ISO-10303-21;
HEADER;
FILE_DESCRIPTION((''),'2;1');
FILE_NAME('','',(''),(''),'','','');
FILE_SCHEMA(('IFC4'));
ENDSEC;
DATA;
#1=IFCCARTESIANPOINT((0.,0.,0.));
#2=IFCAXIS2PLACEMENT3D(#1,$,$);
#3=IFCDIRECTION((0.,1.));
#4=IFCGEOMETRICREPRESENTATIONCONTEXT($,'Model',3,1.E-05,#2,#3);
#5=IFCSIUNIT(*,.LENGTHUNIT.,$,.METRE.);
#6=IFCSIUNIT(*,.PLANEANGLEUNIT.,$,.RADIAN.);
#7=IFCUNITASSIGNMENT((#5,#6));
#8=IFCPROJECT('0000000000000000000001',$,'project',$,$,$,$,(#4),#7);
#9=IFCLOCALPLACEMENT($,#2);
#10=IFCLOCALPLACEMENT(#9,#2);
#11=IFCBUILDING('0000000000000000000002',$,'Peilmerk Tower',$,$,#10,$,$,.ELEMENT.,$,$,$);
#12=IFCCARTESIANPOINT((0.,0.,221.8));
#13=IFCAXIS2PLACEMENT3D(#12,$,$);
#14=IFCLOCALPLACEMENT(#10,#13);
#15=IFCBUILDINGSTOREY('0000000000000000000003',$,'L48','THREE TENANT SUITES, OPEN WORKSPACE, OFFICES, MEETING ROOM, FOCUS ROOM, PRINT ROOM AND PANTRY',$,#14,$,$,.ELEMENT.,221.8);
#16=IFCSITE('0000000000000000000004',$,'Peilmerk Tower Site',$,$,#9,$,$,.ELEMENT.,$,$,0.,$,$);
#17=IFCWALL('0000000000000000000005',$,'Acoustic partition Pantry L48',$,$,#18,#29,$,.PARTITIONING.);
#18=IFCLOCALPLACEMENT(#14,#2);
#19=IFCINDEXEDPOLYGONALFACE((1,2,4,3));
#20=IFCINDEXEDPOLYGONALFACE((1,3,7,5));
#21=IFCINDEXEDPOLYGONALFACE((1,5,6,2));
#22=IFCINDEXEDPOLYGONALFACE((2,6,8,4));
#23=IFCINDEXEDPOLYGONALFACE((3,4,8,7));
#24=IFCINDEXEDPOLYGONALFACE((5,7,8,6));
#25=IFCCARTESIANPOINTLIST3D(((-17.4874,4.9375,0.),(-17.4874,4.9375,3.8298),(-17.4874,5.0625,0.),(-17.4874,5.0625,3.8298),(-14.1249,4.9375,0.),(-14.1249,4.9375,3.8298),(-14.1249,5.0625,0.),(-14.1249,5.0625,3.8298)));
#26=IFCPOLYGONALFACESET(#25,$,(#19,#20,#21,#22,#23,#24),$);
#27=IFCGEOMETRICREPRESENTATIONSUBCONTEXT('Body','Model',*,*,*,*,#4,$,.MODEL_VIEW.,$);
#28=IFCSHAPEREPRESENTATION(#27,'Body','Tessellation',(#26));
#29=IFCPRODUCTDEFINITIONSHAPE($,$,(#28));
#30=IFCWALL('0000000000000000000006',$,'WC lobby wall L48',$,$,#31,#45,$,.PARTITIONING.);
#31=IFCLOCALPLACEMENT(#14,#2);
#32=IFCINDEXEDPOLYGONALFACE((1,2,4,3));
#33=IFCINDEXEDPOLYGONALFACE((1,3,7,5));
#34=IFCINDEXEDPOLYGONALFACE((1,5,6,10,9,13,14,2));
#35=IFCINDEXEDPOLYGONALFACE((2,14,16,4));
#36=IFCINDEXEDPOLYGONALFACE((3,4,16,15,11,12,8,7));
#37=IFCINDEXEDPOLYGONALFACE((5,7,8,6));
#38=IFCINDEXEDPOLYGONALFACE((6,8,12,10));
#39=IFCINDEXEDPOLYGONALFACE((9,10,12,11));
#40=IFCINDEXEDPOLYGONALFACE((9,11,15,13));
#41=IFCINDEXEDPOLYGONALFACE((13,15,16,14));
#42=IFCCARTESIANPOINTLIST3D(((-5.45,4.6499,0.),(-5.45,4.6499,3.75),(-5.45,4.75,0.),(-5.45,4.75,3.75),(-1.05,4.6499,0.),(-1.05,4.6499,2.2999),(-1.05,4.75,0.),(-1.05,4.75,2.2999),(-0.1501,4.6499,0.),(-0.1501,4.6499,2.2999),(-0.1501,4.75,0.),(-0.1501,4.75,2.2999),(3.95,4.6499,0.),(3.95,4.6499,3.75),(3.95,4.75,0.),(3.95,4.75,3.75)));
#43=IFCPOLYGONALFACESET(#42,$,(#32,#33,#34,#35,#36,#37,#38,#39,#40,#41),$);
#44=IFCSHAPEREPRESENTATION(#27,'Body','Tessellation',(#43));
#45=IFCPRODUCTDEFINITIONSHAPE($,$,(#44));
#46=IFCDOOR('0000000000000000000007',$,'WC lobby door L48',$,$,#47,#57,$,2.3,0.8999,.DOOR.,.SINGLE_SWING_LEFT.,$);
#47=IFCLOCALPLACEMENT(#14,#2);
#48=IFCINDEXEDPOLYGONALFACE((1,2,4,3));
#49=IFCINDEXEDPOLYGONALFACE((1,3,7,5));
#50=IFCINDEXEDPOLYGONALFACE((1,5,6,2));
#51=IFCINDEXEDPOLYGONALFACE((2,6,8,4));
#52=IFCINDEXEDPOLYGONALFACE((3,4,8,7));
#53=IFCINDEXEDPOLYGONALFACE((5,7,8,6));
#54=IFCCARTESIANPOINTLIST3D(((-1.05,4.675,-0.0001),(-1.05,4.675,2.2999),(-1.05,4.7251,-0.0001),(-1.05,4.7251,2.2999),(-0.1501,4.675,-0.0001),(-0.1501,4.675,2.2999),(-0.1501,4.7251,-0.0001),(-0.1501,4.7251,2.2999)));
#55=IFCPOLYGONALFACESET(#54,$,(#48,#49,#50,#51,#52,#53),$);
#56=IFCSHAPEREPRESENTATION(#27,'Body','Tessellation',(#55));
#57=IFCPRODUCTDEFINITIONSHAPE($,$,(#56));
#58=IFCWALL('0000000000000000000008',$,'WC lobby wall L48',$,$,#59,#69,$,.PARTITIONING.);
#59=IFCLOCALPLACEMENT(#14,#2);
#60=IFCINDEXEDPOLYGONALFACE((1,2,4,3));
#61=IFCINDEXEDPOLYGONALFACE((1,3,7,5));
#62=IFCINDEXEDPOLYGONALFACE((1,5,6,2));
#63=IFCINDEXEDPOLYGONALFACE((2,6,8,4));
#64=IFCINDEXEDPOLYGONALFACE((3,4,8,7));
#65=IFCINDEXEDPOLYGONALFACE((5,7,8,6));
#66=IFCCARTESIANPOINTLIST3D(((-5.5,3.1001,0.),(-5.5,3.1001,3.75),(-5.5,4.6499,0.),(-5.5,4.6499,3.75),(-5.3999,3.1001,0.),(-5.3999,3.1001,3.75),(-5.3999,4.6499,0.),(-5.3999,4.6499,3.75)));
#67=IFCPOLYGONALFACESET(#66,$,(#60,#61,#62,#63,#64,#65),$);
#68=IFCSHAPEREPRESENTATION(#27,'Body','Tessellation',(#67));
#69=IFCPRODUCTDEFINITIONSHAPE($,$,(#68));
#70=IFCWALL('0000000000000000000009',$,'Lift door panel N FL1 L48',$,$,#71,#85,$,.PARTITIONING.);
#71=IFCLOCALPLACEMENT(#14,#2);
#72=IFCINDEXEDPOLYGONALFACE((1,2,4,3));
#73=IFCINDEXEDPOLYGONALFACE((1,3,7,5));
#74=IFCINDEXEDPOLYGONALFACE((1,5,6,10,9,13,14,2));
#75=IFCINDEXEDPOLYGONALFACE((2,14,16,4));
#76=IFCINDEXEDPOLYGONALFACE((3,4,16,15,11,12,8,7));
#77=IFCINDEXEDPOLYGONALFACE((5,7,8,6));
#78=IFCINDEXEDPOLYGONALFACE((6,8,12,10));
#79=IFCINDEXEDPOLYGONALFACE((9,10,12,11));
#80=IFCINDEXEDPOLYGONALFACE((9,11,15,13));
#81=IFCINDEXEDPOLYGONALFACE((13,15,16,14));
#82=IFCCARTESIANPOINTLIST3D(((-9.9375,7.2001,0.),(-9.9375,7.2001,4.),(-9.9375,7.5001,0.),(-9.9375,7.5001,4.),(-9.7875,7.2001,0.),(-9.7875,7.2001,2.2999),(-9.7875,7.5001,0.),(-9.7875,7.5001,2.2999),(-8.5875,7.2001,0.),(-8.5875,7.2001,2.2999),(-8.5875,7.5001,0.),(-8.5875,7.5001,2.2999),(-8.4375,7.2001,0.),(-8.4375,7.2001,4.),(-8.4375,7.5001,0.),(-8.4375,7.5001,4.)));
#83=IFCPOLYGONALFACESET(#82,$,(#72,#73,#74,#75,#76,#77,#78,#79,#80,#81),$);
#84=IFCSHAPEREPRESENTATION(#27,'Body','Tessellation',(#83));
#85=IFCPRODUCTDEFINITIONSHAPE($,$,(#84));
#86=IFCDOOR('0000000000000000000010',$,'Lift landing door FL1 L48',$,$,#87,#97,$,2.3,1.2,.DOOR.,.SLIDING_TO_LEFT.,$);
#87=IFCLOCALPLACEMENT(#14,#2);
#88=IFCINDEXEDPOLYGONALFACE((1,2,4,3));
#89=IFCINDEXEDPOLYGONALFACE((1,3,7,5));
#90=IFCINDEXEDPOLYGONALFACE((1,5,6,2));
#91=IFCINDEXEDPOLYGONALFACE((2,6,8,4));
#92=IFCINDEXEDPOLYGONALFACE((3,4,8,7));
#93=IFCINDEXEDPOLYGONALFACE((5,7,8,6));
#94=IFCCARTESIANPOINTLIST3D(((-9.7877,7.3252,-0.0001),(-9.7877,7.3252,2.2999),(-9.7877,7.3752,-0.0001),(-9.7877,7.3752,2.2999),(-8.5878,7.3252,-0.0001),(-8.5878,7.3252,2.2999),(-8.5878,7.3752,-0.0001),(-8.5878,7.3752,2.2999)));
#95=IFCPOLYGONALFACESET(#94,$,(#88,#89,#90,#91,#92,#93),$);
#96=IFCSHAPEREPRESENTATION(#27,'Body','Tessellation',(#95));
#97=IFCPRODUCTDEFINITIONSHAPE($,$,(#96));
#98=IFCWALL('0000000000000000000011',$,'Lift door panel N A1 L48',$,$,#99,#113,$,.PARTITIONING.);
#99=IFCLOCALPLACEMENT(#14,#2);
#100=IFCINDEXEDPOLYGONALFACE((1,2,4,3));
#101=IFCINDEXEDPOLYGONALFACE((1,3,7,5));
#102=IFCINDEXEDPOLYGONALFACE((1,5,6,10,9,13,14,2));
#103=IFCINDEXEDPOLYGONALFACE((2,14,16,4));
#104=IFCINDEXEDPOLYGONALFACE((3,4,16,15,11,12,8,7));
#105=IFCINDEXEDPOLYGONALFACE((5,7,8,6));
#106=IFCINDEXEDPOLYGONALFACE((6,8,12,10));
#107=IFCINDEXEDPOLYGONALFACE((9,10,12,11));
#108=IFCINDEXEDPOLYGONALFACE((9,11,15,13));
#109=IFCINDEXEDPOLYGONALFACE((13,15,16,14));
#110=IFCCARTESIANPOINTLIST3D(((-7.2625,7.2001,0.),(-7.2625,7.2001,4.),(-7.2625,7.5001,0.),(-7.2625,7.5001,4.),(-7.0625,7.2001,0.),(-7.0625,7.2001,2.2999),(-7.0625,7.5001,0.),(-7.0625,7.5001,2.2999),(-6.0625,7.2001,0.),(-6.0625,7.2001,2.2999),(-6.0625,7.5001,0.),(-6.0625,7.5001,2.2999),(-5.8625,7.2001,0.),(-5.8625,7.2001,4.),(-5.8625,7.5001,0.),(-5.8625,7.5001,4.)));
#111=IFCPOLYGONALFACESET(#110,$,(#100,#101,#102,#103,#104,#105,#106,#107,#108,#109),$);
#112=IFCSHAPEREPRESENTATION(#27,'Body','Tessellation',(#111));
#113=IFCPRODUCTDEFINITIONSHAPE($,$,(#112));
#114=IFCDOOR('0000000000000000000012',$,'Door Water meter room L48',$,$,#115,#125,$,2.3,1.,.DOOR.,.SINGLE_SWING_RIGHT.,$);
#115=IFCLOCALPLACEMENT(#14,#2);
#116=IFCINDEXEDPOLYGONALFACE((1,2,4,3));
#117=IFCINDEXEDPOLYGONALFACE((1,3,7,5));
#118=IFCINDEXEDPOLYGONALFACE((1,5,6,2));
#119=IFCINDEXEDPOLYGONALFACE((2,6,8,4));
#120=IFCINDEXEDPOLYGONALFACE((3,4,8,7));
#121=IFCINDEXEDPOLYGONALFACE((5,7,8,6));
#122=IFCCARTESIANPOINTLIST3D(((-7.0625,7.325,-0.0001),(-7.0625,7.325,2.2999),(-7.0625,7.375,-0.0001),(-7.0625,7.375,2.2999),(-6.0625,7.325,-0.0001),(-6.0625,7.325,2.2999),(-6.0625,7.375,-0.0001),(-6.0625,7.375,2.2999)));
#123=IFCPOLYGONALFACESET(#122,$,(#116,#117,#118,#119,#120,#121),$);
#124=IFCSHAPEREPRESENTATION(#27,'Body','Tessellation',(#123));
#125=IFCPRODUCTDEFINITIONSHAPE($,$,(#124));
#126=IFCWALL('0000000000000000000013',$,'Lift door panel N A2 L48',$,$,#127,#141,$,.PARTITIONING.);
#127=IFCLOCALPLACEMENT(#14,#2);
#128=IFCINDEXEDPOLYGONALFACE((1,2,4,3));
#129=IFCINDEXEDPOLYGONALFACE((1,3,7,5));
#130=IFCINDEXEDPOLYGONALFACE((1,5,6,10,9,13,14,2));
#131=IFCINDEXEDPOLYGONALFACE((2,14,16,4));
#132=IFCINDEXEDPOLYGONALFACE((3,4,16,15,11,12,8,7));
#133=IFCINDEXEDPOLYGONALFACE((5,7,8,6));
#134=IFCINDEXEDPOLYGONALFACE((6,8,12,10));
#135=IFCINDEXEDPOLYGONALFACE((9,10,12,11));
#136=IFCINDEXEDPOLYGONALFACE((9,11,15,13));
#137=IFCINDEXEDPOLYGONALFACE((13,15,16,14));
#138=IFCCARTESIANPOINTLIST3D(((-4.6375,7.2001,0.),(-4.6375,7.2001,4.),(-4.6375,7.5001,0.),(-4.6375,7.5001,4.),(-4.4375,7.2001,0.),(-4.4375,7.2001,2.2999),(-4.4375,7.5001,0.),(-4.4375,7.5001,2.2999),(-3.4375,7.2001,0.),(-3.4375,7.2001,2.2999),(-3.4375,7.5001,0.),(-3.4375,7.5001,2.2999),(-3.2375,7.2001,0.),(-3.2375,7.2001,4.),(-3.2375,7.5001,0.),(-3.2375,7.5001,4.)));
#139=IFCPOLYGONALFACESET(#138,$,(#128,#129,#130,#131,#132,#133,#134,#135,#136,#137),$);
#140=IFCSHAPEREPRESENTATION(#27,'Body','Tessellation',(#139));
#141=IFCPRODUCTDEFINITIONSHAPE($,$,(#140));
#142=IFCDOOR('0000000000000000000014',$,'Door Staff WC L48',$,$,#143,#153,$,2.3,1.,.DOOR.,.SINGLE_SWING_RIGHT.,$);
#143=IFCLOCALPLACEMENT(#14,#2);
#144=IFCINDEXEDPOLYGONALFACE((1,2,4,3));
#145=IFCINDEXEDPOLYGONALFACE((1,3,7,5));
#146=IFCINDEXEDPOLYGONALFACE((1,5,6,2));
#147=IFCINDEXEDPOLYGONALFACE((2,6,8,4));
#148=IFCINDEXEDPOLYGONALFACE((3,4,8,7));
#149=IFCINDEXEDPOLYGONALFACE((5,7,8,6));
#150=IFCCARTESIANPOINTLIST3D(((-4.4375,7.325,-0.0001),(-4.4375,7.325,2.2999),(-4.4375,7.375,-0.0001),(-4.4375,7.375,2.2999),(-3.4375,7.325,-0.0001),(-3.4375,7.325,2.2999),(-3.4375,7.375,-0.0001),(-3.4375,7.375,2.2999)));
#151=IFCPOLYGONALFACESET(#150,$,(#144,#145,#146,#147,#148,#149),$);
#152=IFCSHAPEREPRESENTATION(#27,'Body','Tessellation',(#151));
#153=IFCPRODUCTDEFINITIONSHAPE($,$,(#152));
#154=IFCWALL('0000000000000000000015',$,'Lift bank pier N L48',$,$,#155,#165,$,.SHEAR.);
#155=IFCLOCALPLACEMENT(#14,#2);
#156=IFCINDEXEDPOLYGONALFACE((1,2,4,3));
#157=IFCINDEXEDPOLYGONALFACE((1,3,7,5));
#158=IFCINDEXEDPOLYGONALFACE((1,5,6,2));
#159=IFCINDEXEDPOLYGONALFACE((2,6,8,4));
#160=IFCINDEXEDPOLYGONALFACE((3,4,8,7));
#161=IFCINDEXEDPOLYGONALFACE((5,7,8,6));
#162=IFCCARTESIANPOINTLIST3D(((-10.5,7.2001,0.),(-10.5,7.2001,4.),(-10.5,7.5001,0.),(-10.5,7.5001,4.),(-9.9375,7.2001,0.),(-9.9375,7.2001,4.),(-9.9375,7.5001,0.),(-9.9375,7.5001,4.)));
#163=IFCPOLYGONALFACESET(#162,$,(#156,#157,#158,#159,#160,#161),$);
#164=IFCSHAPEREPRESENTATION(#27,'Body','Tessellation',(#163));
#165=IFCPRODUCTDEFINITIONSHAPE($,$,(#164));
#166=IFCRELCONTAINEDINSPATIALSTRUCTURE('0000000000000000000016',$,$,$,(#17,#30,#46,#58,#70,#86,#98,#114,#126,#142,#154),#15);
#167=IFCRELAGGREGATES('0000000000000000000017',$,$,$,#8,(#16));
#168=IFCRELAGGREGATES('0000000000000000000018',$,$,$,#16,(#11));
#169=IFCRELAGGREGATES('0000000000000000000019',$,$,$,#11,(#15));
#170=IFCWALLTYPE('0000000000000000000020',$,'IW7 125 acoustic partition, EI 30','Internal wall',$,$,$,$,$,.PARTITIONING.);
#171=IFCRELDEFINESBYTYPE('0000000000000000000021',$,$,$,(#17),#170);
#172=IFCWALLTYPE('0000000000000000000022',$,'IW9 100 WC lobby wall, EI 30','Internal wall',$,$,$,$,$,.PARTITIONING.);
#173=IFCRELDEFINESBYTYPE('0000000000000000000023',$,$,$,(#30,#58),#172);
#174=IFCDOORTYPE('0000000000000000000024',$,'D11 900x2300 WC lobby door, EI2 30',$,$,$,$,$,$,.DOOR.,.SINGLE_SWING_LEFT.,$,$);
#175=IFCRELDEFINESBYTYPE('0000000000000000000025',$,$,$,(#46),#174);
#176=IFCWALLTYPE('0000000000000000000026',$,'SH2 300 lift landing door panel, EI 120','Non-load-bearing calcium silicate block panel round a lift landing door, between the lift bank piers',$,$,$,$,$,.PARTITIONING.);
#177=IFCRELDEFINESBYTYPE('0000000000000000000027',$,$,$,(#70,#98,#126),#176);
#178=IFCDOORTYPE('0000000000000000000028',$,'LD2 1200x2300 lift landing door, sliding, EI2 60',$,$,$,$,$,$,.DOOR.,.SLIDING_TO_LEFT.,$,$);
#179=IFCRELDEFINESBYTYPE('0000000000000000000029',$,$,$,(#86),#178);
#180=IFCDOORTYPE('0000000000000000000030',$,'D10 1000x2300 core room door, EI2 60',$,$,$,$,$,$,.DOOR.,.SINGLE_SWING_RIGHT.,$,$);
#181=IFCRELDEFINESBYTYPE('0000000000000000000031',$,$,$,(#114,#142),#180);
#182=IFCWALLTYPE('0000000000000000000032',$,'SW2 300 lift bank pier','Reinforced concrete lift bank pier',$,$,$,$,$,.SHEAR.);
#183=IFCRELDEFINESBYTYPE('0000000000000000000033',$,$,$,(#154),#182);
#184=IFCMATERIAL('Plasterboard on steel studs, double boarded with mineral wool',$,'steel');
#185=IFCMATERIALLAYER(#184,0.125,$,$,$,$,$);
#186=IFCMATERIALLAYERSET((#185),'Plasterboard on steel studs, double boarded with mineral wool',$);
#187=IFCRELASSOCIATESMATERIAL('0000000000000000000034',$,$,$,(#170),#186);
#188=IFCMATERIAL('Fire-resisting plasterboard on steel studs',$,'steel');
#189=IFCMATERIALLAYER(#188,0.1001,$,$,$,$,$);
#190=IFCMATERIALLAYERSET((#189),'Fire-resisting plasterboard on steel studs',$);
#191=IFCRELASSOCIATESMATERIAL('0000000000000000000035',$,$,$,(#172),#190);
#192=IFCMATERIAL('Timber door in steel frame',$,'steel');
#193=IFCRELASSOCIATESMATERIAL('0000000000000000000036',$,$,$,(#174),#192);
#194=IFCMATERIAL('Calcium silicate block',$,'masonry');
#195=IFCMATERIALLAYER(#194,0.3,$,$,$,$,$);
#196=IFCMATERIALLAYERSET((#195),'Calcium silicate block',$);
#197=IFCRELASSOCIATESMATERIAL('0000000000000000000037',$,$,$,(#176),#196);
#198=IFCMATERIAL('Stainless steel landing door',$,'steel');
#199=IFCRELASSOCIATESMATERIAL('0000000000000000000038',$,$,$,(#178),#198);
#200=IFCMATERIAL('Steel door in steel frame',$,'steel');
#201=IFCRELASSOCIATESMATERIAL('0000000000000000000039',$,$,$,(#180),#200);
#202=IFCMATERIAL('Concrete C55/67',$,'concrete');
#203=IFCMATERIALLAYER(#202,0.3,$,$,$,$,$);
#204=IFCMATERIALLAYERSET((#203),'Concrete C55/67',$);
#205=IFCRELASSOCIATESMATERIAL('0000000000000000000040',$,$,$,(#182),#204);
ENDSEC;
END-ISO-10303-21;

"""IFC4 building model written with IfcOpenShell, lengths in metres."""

from ifc_helpers import new_model, si_unit, direction, frame, frame_2d, origin, place, context, subcontext, project, spatial, rectangle, extrude, material, layer, layer_set, type_object, element, fill, save


model = new_model("IFC4")

# Units and contexts
model_context = context("Model", 3, precision=1e-05, world=origin(), true_north=direction((0.0, 1.0)))
body_context = subcontext(model_context, "Body", "Model", "MODEL_VIEW")
ifc_project = project(units=[si_unit("LENGTHUNIT", "METRE"), si_unit("PLANEANGLEUNIT", "RADIAN")], contexts=[model_context])

# Site, building, storey
site_placement = place(None, origin())
site = spatial("IfcSite", under=ifc_project, at=site_placement, Name="Peilmerk Tower Site", CompositionType="ELEMENT", RefElevation=0.0)
building_placement = place(site_placement, origin())
building = spatial("IfcBuilding", under=site, at=building_placement, Name="Peilmerk Tower", CompositionType="ELEMENT")
storey_placement = place(building_placement, frame((0.0, 0.0, 221.8)))
storey = spatial("IfcBuildingStorey", under=building, at=storey_placement, Name="L48", Description="THREE TENANT SUITES, OPEN WORKSPACE, OFFICES, MEETING ROOM, FOCUS ROOM, PRINT ROOM AND PANTRY", CompositionType="ELEMENT", Elevation=221.8)

# Shared definitions
ifc_material_1 = material(Name="Concrete C55/67", Category="concrete")

# Shared definitions
ifc_material_2 = material(Name="Steel door in steel frame", Category="steel")

# Shared definitions
ifc_material_3 = material(Name="Timber door in steel frame", Category="steel")

# Wall
ifc_material_4 = material(Name="Plasterboard on steel studs, double boarded with mineral wool", Category="steel")
ifc_layer_1 = layer(ifc_material_4, 0.125)
ifc_layer_set_1 = layer_set([ifc_layer_1], Name="Plasterboard on steel studs, double boarded with mineral wool")
wall_type_1 = type_object("IfcWallType", Name="IW7 125 acoustic partition, EI 30", Description="Internal wall", PredefinedType="PARTITIONING", material=ifc_layer_set_1)
wall_1_placement = place(storey_placement, frame((-14.125, 5.0, 0.0), z_axis=(0.0, 0.0, 1.0), x_axis=(-1.0, 0.0, 0.0)))
element("IfcWall", 1, at=wall_1_placement, inside=storey, type_object=wall_type_1, Name="Acoustic partition Pantry L48", PredefinedType="PARTITIONING", context=body_context, shape_type="SweptSolid", body=[
    extrude(rectangle(XDim=3.3625, YDim=0.125, at=frame_2d((1.6812, 0.0))), origin(), (0.0, 0.0, 1.0), 3.8298),
])

# Wall, opening, door
ifc_material_5 = material(Name="Fire-resisting plasterboard on steel studs", Category="steel")
ifc_layer_2 = layer(ifc_material_5, 0.1001)
ifc_layer_set_2 = layer_set([ifc_layer_2], Name="Fire-resisting plasterboard on steel studs")
wall_type_2 = type_object("IfcWallType", Name="IW9 100 WC lobby wall, EI 30", Description="Internal wall", PredefinedType="PARTITIONING", material=ifc_layer_set_2)
wall_2_placement = place(storey_placement, frame((-5.45, 4.7, 0.0), z_axis=(0.0, 0.0, 1.0), x_axis=(1.0, 0.0, 0.0)))
wall_2 = element("IfcWall", 2, at=wall_2_placement, inside=storey, type_object=wall_type_2, Name="WC lobby wall L48", PredefinedType="PARTITIONING", context=body_context, shape_type="SweptSolid", body=[
    extrude(rectangle(XDim=9.3999, YDim=0.1001, at=frame_2d((4.7, 0.0))), origin(), (0.0, 0.0, 1.0), 3.75),
])
opening_1_placement = place(wall_2_placement, frame((4.3999, 0.0, 0.0)))
opening_1 = element("IfcOpeningElement", 3, at=opening_1_placement, cuts=wall_2, PredefinedType="OPENING", context=body_context, shape_type="SweptSolid", body=[
    extrude(rectangle(XDim=0.8999, YDim=2.3, at=frame_2d((0.45, 1.1499))), frame((0.0, 0.0601, 0.0), z_axis=(0.0, -1.0, 0.0), x_axis=(1.0, 0.0, 0.0)), (0.0, 0.0, 1.0), 0.1201),
])
door_type_1 = type_object("IfcDoorType", Name="D11 900x2300 WC lobby door, EI2 30", OperationType="SINGLE_SWING_LEFT", PredefinedType="DOOR", material=ifc_material_3)
door_1_placement = place(opening_1_placement, frame((0.8999, 0.0, 0.0), z_axis=(0.0, 0.0, 1.0), x_axis=(-1.0, 0.0, 0.0)))
door_1 = element("IfcDoor", 4, at=door_1_placement, inside=storey, type_object=door_type_1, Name="WC lobby door L48", OperationType="SINGLE_SWING_LEFT", OverallHeight=2.3, OverallWidth=0.8999, PredefinedType="DOOR", context=body_context, shape_type="SweptSolid", body=[
    extrude(rectangle(XDim=0.8999, YDim=2.3, at=frame_2d((0.45, 1.1499))), frame((0.0, 0.0249, 0.0), z_axis=(0.0, -1.0, 0.0), x_axis=(1.0, 0.0, 0.0)), (0.0, 0.0, 1.0), 0.05),
])
fill(opening_1, door_1)

# Wall
wall_3_placement = place(storey_placement, frame((-5.45, 3.1001, 0.0), z_axis=(0.0, 0.0, 1.0), x_axis=(0.0, 1.0, 0.0)))
element("IfcWall", 5, at=wall_3_placement, inside=storey, type_object=wall_type_2, Name="WC lobby wall L48", PredefinedType="PARTITIONING", context=body_context, shape_type="SweptSolid", body=[
    extrude(rectangle(XDim=1.5498, YDim=0.1001, at=frame_2d((0.7749, 0.0))), origin(), (0.0, 0.0, 1.0), 3.75),
])

# Walls, openings, doors
ifc_material_6 = material(Name="Calcium silicate block", Category="masonry")
ifc_layer_3 = layer(ifc_material_6, 0.3)
ifc_layer_set_3 = layer_set([ifc_layer_3], Name="Calcium silicate block")
wall_type_3 = type_object("IfcWallType", Name="SH2 300 lift landing door panel, EI 120", Description="Non-load-bearing calcium silicate block panel round a lift landing door, between the lift bank piers", PredefinedType="PARTITIONING", material=ifc_layer_set_3)
wall_4_placement = place(storey_placement, frame((-9.9375, 7.3501, 0.0), z_axis=(0.0, 0.0, 1.0), x_axis=(1.0, 0.0, 0.0)))
wall_4 = element("IfcWall", 6, at=wall_4_placement, inside=storey, type_object=wall_type_3, Name="Lift door panel N FL1 L48", PredefinedType="PARTITIONING", context=body_context, shape_type="SweptSolid", body=[
    extrude(rectangle(XDim=1.5, YDim=0.3, at=frame_2d((0.75, 0.0))), origin(), (0.0, 0.0, 1.0), 4.0),
])
opening_2_placement = place(wall_4_placement, frame((0.1499, 0.0, 0.0)))
opening_2 = element("IfcOpeningElement", 7, at=opening_2_placement, cuts=wall_4, PredefinedType="OPENING", context=body_context, shape_type="SweptSolid", body=[
    extrude(rectangle(XDim=1.2, YDim=2.3, at=frame_2d((0.6001, 1.1499))), frame((0.0, 0.1599, 0.0), z_axis=(0.0, -1.0, 0.0), x_axis=(1.0, 0.0, 0.0)), (0.0, 0.0, 1.0), 0.3201),
])
ifc_material_7 = material(Name="Stainless steel landing door", Category="steel")
door_type_2 = type_object("IfcDoorType", Name="LD2 1200x2300 lift landing door, sliding, EI2 60", OperationType="SLIDING_TO_LEFT", PredefinedType="DOOR", material=ifc_material_7)
door_2_placement = place(opening_2_placement, frame((1.2, 0.0, 0.0), z_axis=(0.0, 0.0, 1.0), x_axis=(-1.0, 0.0, 0.0)))
door_2 = element("IfcDoor", 8, at=door_2_placement, inside=storey, type_object=door_type_2, Name="Lift landing door FL1 L48", OperationType="SLIDING_TO_LEFT", OverallHeight=2.3, OverallWidth=1.2, PredefinedType="DOOR", context=body_context, shape_type="SweptSolid", body=[
    extrude(rectangle(XDim=1.2, YDim=2.3, at=frame_2d((0.6001, 1.1499))), frame((0.0, 0.0249, 0.0), z_axis=(0.0, -1.0, 0.0), x_axis=(1.0, 0.0, 0.0)), (0.0, 0.0, 1.0), 0.05),
])
fill(opening_2, door_2)
wall_5_placement = place(storey_placement, frame((-7.2625, 7.3501, 0.0), z_axis=(0.0, 0.0, 1.0), x_axis=(1.0, 0.0, 0.0)))
wall_5 = element("IfcWall", 9, at=wall_5_placement, inside=storey, type_object=wall_type_3, Name="Lift door panel N A1 L48", PredefinedType="PARTITIONING", context=body_context, shape_type="SweptSolid", body=[
    extrude(rectangle(XDim=1.3999, YDim=0.3, at=frame_2d((0.7, 0.0))), origin(), (0.0, 0.0, 1.0), 4.0),
])
opening_3_placement = place(wall_5_placement, frame((0.2, 0.0, 0.0)))
opening_3 = element("IfcOpeningElement", 10, at=opening_3_placement, cuts=wall_5, PredefinedType="OPENING", context=body_context, shape_type="SweptSolid", body=[
    extrude(rectangle(XDim=1.0, YDim=2.3, at=frame_2d((0.5, 1.1499))), frame((0.0, 0.1599, 0.0), z_axis=(0.0, -1.0, 0.0), x_axis=(1.0, 0.0, 0.0)), (0.0, 0.0, 1.0), 0.3201),
])
door_type_3 = type_object("IfcDoorType", Name="D10 1000x2300 core room door, EI2 60", OperationType="SINGLE_SWING_RIGHT", PredefinedType="DOOR", material=ifc_material_2)
door_3_placement = place(opening_3_placement, origin())
door_3 = element("IfcDoor", 11, at=door_3_placement, inside=storey, type_object=door_type_3, Name="Door Water meter room L48", OperationType="SINGLE_SWING_RIGHT", OverallHeight=2.3, OverallWidth=1.0, PredefinedType="DOOR", context=body_context, shape_type="SweptSolid", body=[
    extrude(rectangle(XDim=1.0, YDim=2.3, at=frame_2d((0.5, 1.1499))), frame((0.0, 0.0249, 0.0), z_axis=(0.0, -1.0, 0.0), x_axis=(1.0, 0.0, 0.0)), (0.0, 0.0, 1.0), 0.05),
])
fill(opening_3, door_3)
wall_6_placement = place(storey_placement, frame((-4.6375, 7.3501, 0.0), z_axis=(0.0, 0.0, 1.0), x_axis=(1.0, 0.0, 0.0)))
wall_6 = element("IfcWall", 12, at=wall_6_placement, inside=storey, type_object=wall_type_3, Name="Lift door panel N A2 L48", PredefinedType="PARTITIONING", context=body_context, shape_type="SweptSolid", body=[
    extrude(rectangle(XDim=1.3999, YDim=0.3, at=frame_2d((0.7, 0.0))), origin(), (0.0, 0.0, 1.0), 4.0),
])
opening_4_placement = place(wall_6_placement, frame((0.2, 0.0, 0.0)))
opening_4 = element("IfcOpeningElement", 13, at=opening_4_placement, cuts=wall_6, PredefinedType="OPENING", context=body_context, shape_type="SweptSolid", body=[
    extrude(rectangle(XDim=1.0, YDim=2.3, at=frame_2d((0.5, 1.1499))), frame((0.0, 0.1599, 0.0), z_axis=(0.0, -1.0, 0.0), x_axis=(1.0, 0.0, 0.0)), (0.0, 0.0, 1.0), 0.3201),
])
door_4_placement = place(opening_4_placement, origin())
door_4 = element("IfcDoor", 14, at=door_4_placement, inside=storey, type_object=door_type_3, Name="Door Staff WC L48", OperationType="SINGLE_SWING_RIGHT", OverallHeight=2.3, OverallWidth=1.0, PredefinedType="DOOR", context=body_context, shape_type="SweptSolid", body=[
    extrude(rectangle(XDim=1.0, YDim=2.3, at=frame_2d((0.5, 1.1499))), frame((0.0, 0.0249, 0.0), z_axis=(0.0, -1.0, 0.0), x_axis=(1.0, 0.0, 0.0)), (0.0, 0.0, 1.0), 0.05),
])
fill(opening_4, door_4)

# Wall
ifc_layer_4 = layer(ifc_material_1, 0.3)
ifc_layer_set_4 = layer_set([ifc_layer_4], Name="Concrete C55/67")
wall_type_4 = type_object("IfcWallType", Name="SW2 300 lift bank pier", Description="Reinforced concrete lift bank pier", PredefinedType="SHEAR", material=ifc_layer_set_4)
wall_7_placement = place(storey_placement, frame((-10.5, 7.3501, 0.0), z_axis=(0.0, 0.0, 1.0), x_axis=(1.0, 0.0, 0.0)))
element("IfcWall", 15, at=wall_7_placement, inside=storey, type_object=wall_type_4, Name="Lift bank pier N L48", PredefinedType="SHEAR", context=body_context, shape_type="SweptSolid", body=[
    extrude(rectangle(XDim=0.5625, YDim=0.3, at=frame_2d((0.2812, 0.0))), origin(), (0.0, 0.0, 1.0), 4.0),
])

save(model, "model.ifc")
